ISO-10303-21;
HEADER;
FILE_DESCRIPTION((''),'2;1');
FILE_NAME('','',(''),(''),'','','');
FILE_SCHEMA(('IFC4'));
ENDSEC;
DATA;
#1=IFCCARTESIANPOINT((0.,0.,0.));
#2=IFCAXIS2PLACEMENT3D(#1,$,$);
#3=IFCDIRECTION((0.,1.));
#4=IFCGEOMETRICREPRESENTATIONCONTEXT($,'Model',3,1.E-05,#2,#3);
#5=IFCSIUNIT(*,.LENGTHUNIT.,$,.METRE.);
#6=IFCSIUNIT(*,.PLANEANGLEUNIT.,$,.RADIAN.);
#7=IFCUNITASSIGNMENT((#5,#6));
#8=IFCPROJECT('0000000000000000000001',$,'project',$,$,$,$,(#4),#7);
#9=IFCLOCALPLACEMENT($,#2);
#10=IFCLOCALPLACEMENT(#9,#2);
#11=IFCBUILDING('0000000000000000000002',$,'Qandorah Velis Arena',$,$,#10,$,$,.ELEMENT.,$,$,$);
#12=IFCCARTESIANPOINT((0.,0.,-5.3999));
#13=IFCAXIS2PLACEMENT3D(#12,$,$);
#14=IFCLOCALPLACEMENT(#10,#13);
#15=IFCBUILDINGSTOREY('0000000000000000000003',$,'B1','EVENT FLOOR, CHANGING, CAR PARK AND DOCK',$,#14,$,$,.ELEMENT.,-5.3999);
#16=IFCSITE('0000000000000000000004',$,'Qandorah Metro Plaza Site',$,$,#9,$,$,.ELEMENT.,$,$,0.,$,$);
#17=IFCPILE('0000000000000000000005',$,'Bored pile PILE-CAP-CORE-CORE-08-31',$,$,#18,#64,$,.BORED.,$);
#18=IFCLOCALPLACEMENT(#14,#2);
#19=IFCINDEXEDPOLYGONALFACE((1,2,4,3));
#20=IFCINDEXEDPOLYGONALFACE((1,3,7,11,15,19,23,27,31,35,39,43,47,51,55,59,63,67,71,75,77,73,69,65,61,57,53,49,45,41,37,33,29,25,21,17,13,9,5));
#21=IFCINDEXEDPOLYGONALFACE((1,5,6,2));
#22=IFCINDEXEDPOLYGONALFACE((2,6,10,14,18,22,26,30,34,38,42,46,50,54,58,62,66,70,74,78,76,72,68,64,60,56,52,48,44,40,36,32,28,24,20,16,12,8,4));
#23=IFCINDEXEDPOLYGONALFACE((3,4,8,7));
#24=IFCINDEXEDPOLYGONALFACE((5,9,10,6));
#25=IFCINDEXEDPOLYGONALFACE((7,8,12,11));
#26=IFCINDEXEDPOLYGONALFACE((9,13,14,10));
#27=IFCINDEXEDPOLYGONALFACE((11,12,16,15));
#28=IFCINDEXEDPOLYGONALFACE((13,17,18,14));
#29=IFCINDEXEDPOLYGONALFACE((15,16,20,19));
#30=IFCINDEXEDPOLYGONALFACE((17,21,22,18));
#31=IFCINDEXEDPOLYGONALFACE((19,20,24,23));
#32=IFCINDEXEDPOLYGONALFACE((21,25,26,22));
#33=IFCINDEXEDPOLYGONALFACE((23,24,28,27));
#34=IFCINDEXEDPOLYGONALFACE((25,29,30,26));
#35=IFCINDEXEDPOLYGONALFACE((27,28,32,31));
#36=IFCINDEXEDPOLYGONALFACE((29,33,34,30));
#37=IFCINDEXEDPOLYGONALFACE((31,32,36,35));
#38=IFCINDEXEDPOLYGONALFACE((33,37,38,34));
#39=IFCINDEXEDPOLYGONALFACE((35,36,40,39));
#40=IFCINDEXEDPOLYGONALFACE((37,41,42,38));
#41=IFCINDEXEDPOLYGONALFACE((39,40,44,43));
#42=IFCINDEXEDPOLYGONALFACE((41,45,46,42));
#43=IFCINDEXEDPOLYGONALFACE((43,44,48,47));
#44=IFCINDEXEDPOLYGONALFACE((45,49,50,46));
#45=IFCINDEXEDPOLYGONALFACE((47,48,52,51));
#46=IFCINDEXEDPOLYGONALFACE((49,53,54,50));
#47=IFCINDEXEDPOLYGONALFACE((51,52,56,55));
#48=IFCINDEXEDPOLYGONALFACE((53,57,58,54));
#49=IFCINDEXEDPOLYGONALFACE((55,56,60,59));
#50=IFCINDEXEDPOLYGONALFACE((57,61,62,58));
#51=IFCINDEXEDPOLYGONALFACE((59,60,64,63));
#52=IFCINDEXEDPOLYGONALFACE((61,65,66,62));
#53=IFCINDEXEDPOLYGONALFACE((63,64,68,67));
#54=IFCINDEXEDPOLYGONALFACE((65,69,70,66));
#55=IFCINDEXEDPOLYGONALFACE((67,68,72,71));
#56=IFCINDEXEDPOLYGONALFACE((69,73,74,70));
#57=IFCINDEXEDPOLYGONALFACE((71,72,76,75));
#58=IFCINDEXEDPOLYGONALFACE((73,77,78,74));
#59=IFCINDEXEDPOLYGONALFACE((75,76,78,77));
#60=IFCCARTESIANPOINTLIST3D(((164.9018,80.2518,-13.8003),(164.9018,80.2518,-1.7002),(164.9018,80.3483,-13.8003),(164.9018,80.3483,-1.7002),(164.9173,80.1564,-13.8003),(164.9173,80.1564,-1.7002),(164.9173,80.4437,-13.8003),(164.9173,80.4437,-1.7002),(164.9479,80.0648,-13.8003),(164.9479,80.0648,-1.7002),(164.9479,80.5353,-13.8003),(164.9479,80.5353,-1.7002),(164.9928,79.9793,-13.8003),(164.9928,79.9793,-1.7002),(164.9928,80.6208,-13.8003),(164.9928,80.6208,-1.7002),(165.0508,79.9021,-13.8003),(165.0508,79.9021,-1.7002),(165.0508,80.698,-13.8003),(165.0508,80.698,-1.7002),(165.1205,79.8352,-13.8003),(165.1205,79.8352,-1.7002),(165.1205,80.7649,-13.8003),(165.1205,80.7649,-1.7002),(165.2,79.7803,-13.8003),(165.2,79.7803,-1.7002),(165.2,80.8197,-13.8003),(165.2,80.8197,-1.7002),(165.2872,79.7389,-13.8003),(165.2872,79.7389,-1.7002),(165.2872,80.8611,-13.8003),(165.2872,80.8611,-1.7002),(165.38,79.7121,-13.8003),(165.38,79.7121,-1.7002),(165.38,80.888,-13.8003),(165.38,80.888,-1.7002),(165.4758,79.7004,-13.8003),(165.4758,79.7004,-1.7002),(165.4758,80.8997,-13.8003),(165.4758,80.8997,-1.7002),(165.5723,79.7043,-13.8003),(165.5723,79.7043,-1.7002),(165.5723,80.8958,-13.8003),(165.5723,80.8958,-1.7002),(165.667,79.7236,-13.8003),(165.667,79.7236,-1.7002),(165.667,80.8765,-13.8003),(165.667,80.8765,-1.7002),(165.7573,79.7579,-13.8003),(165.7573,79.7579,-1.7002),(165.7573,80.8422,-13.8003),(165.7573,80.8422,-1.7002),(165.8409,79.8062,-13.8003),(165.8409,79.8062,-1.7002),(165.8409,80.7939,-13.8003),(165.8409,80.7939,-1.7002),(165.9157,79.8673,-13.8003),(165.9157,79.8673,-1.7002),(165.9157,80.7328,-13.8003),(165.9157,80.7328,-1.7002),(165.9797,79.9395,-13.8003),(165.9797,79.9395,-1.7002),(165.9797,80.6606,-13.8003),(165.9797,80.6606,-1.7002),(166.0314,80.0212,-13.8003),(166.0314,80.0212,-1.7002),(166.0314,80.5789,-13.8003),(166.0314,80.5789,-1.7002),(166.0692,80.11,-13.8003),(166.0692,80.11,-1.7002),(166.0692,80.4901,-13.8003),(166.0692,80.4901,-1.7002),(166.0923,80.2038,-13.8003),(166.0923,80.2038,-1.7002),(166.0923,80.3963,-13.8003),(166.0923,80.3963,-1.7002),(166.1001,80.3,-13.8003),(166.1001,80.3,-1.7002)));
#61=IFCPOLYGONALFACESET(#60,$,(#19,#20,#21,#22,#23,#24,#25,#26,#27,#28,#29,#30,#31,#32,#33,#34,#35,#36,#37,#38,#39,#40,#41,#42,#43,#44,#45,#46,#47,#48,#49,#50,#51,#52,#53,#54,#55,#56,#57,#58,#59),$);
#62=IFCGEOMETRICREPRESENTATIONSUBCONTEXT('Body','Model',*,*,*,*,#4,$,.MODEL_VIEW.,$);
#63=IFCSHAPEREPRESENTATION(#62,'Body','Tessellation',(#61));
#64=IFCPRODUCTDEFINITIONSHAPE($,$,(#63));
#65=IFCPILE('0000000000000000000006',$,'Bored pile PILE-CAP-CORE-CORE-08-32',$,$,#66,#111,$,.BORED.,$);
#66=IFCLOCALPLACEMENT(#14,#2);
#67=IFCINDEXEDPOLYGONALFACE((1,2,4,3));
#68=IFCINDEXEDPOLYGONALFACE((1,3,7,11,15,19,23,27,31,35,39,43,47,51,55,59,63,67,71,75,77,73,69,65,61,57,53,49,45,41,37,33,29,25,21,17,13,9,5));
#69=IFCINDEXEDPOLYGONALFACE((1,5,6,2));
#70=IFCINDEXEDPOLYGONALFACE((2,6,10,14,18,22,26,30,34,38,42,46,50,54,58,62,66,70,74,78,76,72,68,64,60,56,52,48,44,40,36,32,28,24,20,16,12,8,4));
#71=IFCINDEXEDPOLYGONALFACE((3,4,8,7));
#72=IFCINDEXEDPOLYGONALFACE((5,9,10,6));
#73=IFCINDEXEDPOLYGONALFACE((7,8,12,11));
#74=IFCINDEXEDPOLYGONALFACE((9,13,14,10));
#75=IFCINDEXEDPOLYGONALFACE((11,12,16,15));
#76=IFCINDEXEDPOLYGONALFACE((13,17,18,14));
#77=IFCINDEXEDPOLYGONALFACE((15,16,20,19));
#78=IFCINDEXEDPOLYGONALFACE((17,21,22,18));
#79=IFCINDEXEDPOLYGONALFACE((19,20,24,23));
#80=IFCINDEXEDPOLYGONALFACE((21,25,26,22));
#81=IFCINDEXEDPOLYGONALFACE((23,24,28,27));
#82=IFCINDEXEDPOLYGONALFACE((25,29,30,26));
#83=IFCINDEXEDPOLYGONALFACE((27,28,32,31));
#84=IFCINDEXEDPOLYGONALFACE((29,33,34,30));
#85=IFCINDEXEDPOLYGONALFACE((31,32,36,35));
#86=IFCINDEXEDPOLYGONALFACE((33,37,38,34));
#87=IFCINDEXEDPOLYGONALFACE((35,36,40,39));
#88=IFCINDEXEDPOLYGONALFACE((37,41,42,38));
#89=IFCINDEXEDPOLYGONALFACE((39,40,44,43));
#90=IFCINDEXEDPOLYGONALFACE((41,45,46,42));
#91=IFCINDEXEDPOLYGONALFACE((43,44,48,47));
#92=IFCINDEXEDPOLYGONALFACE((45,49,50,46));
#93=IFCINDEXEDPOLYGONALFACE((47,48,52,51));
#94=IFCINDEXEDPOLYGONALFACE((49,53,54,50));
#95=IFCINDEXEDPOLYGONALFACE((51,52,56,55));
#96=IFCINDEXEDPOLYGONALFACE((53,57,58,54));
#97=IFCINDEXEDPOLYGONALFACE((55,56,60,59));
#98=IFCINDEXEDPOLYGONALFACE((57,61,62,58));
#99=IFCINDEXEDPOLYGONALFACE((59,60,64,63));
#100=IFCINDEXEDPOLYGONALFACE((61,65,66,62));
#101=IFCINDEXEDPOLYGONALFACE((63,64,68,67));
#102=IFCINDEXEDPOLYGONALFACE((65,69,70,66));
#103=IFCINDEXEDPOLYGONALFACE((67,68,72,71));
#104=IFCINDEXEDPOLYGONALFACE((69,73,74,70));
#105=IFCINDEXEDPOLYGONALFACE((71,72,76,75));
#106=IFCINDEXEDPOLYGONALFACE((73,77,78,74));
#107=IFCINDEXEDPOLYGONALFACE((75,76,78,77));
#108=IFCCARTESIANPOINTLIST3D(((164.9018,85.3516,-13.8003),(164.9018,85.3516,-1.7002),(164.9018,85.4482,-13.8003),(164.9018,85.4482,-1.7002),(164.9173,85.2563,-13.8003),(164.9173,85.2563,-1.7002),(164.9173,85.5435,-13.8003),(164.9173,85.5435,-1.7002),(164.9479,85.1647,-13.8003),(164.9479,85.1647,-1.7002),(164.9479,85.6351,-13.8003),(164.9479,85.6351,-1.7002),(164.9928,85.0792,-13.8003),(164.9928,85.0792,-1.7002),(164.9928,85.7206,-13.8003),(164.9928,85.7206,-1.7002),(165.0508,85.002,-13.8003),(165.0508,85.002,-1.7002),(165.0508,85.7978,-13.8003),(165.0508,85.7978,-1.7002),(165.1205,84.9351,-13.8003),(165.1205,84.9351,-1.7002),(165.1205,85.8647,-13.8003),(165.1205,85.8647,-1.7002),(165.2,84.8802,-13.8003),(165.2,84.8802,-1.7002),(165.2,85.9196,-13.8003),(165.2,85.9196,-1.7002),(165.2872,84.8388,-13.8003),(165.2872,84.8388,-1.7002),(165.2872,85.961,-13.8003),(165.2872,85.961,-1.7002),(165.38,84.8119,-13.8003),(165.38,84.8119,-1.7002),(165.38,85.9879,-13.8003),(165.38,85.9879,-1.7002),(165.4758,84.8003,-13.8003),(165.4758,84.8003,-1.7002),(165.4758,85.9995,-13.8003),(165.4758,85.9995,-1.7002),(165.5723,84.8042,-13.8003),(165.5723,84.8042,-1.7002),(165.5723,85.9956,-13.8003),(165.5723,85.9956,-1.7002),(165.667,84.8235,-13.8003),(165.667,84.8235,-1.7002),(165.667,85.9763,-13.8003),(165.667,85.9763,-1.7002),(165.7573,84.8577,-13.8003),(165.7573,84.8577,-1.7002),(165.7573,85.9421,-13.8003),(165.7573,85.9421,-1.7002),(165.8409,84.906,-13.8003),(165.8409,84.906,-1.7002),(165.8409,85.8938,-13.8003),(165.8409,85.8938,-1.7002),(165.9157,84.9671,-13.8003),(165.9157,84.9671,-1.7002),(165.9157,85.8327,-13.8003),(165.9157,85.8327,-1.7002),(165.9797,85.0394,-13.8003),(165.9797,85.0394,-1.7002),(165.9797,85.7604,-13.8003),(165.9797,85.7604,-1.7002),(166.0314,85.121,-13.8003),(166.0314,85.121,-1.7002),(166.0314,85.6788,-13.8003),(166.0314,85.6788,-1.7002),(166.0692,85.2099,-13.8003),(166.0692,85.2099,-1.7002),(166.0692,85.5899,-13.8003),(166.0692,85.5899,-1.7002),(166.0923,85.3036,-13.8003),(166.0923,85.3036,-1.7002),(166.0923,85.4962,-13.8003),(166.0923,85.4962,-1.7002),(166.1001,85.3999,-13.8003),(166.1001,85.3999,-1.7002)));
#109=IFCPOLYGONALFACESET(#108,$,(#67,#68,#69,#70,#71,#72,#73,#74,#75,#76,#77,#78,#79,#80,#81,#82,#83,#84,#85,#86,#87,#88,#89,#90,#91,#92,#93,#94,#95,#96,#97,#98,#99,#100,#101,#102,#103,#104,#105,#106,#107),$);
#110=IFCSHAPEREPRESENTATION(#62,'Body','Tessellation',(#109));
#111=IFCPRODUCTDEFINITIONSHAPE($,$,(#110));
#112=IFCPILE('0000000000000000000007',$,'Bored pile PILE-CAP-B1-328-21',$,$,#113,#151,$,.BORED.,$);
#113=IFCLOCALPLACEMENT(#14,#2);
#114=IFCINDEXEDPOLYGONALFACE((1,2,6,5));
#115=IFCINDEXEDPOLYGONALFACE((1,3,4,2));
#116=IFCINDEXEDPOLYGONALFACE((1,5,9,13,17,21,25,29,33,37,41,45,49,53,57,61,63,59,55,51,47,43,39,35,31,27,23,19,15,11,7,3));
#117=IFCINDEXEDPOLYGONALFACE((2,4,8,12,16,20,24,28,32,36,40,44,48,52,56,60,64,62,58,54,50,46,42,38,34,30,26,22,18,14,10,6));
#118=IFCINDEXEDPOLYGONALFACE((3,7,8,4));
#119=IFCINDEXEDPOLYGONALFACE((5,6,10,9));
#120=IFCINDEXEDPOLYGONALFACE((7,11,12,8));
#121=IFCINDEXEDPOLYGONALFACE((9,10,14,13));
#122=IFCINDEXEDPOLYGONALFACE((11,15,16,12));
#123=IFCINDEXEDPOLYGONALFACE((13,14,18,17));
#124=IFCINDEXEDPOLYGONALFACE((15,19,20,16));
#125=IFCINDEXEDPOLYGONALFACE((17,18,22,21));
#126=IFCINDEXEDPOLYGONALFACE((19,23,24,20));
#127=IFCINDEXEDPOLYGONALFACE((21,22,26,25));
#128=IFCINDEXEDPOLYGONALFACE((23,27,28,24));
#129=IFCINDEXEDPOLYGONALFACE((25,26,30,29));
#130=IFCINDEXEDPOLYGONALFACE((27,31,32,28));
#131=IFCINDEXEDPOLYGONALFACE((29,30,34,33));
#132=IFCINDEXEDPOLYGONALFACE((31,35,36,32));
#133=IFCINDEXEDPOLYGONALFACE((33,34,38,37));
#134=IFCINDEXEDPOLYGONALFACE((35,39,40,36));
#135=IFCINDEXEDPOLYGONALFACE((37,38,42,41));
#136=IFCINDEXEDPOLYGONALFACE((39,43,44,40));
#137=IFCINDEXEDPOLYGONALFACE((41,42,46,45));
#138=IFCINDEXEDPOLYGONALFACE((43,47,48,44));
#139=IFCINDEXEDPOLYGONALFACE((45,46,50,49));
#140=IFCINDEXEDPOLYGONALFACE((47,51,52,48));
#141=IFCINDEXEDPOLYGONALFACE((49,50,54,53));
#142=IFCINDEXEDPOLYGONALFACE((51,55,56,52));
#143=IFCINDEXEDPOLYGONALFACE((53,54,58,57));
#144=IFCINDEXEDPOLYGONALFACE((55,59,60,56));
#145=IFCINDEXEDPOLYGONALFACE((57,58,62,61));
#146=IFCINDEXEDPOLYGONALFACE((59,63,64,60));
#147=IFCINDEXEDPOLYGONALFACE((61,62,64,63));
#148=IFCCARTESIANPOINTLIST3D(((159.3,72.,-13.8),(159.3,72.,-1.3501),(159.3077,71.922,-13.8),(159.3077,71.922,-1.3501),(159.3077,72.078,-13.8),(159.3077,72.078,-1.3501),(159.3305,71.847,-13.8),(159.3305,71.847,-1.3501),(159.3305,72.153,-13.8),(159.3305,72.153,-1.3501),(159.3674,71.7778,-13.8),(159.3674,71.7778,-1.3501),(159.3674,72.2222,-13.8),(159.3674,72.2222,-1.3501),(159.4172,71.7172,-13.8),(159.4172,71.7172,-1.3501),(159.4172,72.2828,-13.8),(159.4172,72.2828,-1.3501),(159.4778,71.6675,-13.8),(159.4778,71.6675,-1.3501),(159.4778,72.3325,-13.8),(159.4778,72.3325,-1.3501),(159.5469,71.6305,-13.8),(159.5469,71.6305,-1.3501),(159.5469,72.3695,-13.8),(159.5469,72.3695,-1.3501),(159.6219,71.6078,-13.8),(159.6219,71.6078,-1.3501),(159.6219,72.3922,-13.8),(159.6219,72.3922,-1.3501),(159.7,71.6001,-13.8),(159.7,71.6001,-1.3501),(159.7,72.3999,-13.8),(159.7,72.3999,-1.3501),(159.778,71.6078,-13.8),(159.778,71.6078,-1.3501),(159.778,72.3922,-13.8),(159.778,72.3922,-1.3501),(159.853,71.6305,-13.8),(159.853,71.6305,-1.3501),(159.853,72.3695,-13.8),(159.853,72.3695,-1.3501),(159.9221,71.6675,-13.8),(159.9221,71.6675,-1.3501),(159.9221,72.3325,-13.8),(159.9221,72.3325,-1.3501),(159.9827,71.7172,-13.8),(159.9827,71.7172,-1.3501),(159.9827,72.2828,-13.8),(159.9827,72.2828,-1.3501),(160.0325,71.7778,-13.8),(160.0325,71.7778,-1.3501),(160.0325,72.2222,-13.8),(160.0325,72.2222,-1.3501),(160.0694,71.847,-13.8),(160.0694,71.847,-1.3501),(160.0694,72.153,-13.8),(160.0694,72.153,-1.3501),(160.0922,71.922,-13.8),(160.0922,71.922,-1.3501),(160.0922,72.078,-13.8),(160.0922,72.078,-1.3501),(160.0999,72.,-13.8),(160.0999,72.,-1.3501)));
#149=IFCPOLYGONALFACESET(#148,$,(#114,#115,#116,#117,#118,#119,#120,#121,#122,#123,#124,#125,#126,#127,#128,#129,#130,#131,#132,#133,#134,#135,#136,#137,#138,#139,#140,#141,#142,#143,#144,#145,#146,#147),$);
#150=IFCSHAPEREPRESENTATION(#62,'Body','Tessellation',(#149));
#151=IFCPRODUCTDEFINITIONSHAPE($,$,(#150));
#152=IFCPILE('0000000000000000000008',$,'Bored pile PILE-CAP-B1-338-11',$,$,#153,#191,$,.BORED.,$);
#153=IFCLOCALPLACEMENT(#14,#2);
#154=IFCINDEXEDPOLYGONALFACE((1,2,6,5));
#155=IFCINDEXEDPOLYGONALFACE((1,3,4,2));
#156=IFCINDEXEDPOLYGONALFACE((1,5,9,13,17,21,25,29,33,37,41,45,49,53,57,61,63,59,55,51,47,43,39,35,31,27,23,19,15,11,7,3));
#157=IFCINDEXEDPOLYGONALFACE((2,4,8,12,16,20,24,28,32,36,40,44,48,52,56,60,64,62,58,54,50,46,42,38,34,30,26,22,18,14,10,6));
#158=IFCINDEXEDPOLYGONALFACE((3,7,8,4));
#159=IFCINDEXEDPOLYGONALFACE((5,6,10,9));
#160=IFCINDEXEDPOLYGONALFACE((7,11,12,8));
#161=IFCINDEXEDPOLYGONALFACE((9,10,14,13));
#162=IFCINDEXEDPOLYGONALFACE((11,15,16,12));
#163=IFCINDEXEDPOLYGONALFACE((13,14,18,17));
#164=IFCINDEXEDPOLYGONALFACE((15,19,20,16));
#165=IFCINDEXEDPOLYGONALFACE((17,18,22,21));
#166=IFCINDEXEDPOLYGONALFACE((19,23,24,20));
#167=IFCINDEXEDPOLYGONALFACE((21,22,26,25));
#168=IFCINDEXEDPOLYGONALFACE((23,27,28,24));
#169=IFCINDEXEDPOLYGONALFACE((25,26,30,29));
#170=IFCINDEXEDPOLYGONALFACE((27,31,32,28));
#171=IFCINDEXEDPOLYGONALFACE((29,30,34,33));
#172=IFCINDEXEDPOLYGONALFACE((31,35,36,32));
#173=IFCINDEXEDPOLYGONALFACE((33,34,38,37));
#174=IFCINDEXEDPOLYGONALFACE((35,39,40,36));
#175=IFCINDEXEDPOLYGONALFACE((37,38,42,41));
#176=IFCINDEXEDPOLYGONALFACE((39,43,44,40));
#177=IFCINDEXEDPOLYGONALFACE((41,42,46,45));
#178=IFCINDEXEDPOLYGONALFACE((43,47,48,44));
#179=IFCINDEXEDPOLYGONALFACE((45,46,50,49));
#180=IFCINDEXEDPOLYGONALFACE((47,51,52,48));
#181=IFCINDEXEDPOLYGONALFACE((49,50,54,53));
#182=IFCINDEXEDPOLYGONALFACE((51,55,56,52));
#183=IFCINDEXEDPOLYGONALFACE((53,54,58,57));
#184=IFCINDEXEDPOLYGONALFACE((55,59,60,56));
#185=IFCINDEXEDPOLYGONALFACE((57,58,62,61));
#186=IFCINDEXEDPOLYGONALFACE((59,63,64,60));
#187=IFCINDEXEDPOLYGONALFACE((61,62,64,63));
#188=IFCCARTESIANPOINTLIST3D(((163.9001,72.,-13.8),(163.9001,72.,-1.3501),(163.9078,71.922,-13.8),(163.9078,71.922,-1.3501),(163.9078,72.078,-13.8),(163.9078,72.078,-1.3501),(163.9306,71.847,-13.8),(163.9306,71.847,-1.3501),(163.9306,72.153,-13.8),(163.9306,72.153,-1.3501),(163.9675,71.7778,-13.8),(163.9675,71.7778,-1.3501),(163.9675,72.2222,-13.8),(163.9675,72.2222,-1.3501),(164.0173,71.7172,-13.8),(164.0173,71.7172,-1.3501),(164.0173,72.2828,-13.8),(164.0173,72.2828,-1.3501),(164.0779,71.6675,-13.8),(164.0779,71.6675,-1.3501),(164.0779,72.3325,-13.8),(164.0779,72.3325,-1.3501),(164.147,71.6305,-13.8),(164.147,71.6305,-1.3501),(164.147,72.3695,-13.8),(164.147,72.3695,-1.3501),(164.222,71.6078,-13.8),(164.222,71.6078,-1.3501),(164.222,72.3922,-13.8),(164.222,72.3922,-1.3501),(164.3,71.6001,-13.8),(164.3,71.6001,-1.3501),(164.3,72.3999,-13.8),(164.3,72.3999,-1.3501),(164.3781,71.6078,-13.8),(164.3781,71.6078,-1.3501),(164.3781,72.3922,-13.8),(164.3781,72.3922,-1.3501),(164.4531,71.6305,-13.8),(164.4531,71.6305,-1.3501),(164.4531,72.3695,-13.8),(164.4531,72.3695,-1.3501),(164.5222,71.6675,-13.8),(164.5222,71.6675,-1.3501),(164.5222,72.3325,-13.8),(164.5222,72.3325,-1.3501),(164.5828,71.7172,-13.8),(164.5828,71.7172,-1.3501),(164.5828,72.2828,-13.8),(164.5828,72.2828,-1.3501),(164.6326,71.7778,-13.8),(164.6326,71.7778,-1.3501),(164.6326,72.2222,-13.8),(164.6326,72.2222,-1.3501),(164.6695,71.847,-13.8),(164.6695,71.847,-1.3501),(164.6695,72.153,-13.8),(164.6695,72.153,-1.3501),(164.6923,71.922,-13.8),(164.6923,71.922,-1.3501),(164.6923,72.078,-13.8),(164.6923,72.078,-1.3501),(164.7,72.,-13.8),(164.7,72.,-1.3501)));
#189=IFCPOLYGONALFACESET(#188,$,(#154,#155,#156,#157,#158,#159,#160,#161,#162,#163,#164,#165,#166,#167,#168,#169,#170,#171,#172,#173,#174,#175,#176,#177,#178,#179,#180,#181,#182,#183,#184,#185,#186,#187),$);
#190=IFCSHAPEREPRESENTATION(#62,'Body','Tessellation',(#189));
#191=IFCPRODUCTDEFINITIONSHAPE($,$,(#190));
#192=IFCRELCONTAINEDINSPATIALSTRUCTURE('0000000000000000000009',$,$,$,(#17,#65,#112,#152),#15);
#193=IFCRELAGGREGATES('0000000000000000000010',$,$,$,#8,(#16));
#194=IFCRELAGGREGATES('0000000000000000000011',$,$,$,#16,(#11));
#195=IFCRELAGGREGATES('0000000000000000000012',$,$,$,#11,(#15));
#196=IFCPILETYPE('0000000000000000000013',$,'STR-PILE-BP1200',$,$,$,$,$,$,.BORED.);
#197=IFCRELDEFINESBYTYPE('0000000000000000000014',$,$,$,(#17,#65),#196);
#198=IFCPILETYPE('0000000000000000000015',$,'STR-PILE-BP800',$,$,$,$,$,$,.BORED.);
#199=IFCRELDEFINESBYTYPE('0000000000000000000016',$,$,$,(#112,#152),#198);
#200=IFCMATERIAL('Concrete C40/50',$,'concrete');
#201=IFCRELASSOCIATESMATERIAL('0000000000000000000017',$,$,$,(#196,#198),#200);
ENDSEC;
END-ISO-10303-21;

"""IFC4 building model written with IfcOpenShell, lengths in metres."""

from ifc_helpers import new_model, si_unit, direction, frame, origin, origin_2d, place, context, subcontext, project, spatial, circle, extrude, material, material_profile, profile_set, type_object, element, save


model = new_model("IFC4")

# Units and contexts
model_context = context("Model", 3, precision=1e-05, world=origin(), true_north=direction((0.0, 1.0)))
body_context = subcontext(model_context, "Body", "Model", "MODEL_VIEW")
ifc_project = project(units=[si_unit("LENGTHUNIT", "METRE"), si_unit("PLANEANGLEUNIT", "RADIAN")], contexts=[model_context])

# Site, building, storey
site_placement = place(None, origin())
site = spatial("IfcSite", under=ifc_project, at=site_placement, Name="Qandorah Metro Plaza Site", CompositionType="ELEMENT", RefElevation=0.0)
building_placement = place(site_placement, origin())
building = spatial("IfcBuilding", under=site, at=building_placement, Name="Qandorah Velis Arena", CompositionType="ELEMENT")
storey_placement = place(building_placement, frame((0.0, 0.0, -5.3999)))
storey = spatial("IfcBuildingStorey", under=building, at=storey_placement, Name="B1", Description="EVENT FLOOR, CHANGING, CAR PARK AND DOCK", CompositionType="ELEMENT", Elevation=-5.3999)

# Shared definitions
ifc_material_1 = material(Name="Concrete C40/50", Category="concrete")

# Piles
ifc_material_profile_1 = material_profile(ifc_material_1, circle(Radius=0.6001, at=origin_2d()), Name="BORED PILE D1200")
ifc_profile_set_1 = profile_set([ifc_material_profile_1], Name="Concrete C40/50")
pile_type_1 = type_object("IfcPileType", Name="STR-PILE-BP1200", PredefinedType="BORED", material=ifc_profile_set_1)
for number, where, z_axis, x_axis, name in (
    (1, (165.5, 80.3, -1.7002), (0.0, 0.0, -1.0), (1.0, 0.0, 0.0), "Bored pile PILE-CAP-CORE-CORE-08-31"),
    (2, (165.5, 85.3999, -1.7002), (0.0, 0.0, -1.0), (1.0, 0.0, 0.0), "Bored pile PILE-CAP-CORE-CORE-08-32"),
):
    element("IfcPile", number, at=place(storey_placement, frame(where, z_axis=z_axis, x_axis=x_axis)), inside=storey, type_object=pile_type_1, Name=name, PredefinedType="BORED", context=body_context, shape_type="SweptSolid", body=[
        extrude(circle(Radius=0.6001, at=origin_2d()), origin(), (0.0, 0.0, 1.0), 12.1001),
    ])
ifc_material_profile_2 = material_profile(ifc_material_1, circle(Radius=0.3999, at=origin_2d()), Name="BORED PILE D800")
ifc_profile_set_2 = profile_set([ifc_material_profile_2], Name="Concrete C40/50")
pile_type_2 = type_object("IfcPileType", Name="STR-PILE-BP800", PredefinedType="BORED", material=ifc_profile_set_2)
for number, where, z_axis, x_axis, name in (
    (3, (159.7, 72.0, -1.3501), (0.0, 0.0, -1.0), (1.0, 0.0, 0.0), "Bored pile PILE-CAP-B1-328-21"),
    (4, (164.3, 72.0, -1.3501), (0.0, 0.0, -1.0), (1.0, 0.0, 0.0), "Bored pile PILE-CAP-B1-338-11"),
):
    element("IfcPile", number, at=place(storey_placement, frame(where, z_axis=z_axis, x_axis=x_axis)), inside=storey, type_object=pile_type_2, Name=name, PredefinedType="BORED", context=body_context, shape_type="SweptSolid", body=[
        extrude(circle(Radius=0.3999, at=origin_2d()), origin(), (0.0, 0.0, 1.0), 12.45),
    ])

save(model, "model.ifc")
